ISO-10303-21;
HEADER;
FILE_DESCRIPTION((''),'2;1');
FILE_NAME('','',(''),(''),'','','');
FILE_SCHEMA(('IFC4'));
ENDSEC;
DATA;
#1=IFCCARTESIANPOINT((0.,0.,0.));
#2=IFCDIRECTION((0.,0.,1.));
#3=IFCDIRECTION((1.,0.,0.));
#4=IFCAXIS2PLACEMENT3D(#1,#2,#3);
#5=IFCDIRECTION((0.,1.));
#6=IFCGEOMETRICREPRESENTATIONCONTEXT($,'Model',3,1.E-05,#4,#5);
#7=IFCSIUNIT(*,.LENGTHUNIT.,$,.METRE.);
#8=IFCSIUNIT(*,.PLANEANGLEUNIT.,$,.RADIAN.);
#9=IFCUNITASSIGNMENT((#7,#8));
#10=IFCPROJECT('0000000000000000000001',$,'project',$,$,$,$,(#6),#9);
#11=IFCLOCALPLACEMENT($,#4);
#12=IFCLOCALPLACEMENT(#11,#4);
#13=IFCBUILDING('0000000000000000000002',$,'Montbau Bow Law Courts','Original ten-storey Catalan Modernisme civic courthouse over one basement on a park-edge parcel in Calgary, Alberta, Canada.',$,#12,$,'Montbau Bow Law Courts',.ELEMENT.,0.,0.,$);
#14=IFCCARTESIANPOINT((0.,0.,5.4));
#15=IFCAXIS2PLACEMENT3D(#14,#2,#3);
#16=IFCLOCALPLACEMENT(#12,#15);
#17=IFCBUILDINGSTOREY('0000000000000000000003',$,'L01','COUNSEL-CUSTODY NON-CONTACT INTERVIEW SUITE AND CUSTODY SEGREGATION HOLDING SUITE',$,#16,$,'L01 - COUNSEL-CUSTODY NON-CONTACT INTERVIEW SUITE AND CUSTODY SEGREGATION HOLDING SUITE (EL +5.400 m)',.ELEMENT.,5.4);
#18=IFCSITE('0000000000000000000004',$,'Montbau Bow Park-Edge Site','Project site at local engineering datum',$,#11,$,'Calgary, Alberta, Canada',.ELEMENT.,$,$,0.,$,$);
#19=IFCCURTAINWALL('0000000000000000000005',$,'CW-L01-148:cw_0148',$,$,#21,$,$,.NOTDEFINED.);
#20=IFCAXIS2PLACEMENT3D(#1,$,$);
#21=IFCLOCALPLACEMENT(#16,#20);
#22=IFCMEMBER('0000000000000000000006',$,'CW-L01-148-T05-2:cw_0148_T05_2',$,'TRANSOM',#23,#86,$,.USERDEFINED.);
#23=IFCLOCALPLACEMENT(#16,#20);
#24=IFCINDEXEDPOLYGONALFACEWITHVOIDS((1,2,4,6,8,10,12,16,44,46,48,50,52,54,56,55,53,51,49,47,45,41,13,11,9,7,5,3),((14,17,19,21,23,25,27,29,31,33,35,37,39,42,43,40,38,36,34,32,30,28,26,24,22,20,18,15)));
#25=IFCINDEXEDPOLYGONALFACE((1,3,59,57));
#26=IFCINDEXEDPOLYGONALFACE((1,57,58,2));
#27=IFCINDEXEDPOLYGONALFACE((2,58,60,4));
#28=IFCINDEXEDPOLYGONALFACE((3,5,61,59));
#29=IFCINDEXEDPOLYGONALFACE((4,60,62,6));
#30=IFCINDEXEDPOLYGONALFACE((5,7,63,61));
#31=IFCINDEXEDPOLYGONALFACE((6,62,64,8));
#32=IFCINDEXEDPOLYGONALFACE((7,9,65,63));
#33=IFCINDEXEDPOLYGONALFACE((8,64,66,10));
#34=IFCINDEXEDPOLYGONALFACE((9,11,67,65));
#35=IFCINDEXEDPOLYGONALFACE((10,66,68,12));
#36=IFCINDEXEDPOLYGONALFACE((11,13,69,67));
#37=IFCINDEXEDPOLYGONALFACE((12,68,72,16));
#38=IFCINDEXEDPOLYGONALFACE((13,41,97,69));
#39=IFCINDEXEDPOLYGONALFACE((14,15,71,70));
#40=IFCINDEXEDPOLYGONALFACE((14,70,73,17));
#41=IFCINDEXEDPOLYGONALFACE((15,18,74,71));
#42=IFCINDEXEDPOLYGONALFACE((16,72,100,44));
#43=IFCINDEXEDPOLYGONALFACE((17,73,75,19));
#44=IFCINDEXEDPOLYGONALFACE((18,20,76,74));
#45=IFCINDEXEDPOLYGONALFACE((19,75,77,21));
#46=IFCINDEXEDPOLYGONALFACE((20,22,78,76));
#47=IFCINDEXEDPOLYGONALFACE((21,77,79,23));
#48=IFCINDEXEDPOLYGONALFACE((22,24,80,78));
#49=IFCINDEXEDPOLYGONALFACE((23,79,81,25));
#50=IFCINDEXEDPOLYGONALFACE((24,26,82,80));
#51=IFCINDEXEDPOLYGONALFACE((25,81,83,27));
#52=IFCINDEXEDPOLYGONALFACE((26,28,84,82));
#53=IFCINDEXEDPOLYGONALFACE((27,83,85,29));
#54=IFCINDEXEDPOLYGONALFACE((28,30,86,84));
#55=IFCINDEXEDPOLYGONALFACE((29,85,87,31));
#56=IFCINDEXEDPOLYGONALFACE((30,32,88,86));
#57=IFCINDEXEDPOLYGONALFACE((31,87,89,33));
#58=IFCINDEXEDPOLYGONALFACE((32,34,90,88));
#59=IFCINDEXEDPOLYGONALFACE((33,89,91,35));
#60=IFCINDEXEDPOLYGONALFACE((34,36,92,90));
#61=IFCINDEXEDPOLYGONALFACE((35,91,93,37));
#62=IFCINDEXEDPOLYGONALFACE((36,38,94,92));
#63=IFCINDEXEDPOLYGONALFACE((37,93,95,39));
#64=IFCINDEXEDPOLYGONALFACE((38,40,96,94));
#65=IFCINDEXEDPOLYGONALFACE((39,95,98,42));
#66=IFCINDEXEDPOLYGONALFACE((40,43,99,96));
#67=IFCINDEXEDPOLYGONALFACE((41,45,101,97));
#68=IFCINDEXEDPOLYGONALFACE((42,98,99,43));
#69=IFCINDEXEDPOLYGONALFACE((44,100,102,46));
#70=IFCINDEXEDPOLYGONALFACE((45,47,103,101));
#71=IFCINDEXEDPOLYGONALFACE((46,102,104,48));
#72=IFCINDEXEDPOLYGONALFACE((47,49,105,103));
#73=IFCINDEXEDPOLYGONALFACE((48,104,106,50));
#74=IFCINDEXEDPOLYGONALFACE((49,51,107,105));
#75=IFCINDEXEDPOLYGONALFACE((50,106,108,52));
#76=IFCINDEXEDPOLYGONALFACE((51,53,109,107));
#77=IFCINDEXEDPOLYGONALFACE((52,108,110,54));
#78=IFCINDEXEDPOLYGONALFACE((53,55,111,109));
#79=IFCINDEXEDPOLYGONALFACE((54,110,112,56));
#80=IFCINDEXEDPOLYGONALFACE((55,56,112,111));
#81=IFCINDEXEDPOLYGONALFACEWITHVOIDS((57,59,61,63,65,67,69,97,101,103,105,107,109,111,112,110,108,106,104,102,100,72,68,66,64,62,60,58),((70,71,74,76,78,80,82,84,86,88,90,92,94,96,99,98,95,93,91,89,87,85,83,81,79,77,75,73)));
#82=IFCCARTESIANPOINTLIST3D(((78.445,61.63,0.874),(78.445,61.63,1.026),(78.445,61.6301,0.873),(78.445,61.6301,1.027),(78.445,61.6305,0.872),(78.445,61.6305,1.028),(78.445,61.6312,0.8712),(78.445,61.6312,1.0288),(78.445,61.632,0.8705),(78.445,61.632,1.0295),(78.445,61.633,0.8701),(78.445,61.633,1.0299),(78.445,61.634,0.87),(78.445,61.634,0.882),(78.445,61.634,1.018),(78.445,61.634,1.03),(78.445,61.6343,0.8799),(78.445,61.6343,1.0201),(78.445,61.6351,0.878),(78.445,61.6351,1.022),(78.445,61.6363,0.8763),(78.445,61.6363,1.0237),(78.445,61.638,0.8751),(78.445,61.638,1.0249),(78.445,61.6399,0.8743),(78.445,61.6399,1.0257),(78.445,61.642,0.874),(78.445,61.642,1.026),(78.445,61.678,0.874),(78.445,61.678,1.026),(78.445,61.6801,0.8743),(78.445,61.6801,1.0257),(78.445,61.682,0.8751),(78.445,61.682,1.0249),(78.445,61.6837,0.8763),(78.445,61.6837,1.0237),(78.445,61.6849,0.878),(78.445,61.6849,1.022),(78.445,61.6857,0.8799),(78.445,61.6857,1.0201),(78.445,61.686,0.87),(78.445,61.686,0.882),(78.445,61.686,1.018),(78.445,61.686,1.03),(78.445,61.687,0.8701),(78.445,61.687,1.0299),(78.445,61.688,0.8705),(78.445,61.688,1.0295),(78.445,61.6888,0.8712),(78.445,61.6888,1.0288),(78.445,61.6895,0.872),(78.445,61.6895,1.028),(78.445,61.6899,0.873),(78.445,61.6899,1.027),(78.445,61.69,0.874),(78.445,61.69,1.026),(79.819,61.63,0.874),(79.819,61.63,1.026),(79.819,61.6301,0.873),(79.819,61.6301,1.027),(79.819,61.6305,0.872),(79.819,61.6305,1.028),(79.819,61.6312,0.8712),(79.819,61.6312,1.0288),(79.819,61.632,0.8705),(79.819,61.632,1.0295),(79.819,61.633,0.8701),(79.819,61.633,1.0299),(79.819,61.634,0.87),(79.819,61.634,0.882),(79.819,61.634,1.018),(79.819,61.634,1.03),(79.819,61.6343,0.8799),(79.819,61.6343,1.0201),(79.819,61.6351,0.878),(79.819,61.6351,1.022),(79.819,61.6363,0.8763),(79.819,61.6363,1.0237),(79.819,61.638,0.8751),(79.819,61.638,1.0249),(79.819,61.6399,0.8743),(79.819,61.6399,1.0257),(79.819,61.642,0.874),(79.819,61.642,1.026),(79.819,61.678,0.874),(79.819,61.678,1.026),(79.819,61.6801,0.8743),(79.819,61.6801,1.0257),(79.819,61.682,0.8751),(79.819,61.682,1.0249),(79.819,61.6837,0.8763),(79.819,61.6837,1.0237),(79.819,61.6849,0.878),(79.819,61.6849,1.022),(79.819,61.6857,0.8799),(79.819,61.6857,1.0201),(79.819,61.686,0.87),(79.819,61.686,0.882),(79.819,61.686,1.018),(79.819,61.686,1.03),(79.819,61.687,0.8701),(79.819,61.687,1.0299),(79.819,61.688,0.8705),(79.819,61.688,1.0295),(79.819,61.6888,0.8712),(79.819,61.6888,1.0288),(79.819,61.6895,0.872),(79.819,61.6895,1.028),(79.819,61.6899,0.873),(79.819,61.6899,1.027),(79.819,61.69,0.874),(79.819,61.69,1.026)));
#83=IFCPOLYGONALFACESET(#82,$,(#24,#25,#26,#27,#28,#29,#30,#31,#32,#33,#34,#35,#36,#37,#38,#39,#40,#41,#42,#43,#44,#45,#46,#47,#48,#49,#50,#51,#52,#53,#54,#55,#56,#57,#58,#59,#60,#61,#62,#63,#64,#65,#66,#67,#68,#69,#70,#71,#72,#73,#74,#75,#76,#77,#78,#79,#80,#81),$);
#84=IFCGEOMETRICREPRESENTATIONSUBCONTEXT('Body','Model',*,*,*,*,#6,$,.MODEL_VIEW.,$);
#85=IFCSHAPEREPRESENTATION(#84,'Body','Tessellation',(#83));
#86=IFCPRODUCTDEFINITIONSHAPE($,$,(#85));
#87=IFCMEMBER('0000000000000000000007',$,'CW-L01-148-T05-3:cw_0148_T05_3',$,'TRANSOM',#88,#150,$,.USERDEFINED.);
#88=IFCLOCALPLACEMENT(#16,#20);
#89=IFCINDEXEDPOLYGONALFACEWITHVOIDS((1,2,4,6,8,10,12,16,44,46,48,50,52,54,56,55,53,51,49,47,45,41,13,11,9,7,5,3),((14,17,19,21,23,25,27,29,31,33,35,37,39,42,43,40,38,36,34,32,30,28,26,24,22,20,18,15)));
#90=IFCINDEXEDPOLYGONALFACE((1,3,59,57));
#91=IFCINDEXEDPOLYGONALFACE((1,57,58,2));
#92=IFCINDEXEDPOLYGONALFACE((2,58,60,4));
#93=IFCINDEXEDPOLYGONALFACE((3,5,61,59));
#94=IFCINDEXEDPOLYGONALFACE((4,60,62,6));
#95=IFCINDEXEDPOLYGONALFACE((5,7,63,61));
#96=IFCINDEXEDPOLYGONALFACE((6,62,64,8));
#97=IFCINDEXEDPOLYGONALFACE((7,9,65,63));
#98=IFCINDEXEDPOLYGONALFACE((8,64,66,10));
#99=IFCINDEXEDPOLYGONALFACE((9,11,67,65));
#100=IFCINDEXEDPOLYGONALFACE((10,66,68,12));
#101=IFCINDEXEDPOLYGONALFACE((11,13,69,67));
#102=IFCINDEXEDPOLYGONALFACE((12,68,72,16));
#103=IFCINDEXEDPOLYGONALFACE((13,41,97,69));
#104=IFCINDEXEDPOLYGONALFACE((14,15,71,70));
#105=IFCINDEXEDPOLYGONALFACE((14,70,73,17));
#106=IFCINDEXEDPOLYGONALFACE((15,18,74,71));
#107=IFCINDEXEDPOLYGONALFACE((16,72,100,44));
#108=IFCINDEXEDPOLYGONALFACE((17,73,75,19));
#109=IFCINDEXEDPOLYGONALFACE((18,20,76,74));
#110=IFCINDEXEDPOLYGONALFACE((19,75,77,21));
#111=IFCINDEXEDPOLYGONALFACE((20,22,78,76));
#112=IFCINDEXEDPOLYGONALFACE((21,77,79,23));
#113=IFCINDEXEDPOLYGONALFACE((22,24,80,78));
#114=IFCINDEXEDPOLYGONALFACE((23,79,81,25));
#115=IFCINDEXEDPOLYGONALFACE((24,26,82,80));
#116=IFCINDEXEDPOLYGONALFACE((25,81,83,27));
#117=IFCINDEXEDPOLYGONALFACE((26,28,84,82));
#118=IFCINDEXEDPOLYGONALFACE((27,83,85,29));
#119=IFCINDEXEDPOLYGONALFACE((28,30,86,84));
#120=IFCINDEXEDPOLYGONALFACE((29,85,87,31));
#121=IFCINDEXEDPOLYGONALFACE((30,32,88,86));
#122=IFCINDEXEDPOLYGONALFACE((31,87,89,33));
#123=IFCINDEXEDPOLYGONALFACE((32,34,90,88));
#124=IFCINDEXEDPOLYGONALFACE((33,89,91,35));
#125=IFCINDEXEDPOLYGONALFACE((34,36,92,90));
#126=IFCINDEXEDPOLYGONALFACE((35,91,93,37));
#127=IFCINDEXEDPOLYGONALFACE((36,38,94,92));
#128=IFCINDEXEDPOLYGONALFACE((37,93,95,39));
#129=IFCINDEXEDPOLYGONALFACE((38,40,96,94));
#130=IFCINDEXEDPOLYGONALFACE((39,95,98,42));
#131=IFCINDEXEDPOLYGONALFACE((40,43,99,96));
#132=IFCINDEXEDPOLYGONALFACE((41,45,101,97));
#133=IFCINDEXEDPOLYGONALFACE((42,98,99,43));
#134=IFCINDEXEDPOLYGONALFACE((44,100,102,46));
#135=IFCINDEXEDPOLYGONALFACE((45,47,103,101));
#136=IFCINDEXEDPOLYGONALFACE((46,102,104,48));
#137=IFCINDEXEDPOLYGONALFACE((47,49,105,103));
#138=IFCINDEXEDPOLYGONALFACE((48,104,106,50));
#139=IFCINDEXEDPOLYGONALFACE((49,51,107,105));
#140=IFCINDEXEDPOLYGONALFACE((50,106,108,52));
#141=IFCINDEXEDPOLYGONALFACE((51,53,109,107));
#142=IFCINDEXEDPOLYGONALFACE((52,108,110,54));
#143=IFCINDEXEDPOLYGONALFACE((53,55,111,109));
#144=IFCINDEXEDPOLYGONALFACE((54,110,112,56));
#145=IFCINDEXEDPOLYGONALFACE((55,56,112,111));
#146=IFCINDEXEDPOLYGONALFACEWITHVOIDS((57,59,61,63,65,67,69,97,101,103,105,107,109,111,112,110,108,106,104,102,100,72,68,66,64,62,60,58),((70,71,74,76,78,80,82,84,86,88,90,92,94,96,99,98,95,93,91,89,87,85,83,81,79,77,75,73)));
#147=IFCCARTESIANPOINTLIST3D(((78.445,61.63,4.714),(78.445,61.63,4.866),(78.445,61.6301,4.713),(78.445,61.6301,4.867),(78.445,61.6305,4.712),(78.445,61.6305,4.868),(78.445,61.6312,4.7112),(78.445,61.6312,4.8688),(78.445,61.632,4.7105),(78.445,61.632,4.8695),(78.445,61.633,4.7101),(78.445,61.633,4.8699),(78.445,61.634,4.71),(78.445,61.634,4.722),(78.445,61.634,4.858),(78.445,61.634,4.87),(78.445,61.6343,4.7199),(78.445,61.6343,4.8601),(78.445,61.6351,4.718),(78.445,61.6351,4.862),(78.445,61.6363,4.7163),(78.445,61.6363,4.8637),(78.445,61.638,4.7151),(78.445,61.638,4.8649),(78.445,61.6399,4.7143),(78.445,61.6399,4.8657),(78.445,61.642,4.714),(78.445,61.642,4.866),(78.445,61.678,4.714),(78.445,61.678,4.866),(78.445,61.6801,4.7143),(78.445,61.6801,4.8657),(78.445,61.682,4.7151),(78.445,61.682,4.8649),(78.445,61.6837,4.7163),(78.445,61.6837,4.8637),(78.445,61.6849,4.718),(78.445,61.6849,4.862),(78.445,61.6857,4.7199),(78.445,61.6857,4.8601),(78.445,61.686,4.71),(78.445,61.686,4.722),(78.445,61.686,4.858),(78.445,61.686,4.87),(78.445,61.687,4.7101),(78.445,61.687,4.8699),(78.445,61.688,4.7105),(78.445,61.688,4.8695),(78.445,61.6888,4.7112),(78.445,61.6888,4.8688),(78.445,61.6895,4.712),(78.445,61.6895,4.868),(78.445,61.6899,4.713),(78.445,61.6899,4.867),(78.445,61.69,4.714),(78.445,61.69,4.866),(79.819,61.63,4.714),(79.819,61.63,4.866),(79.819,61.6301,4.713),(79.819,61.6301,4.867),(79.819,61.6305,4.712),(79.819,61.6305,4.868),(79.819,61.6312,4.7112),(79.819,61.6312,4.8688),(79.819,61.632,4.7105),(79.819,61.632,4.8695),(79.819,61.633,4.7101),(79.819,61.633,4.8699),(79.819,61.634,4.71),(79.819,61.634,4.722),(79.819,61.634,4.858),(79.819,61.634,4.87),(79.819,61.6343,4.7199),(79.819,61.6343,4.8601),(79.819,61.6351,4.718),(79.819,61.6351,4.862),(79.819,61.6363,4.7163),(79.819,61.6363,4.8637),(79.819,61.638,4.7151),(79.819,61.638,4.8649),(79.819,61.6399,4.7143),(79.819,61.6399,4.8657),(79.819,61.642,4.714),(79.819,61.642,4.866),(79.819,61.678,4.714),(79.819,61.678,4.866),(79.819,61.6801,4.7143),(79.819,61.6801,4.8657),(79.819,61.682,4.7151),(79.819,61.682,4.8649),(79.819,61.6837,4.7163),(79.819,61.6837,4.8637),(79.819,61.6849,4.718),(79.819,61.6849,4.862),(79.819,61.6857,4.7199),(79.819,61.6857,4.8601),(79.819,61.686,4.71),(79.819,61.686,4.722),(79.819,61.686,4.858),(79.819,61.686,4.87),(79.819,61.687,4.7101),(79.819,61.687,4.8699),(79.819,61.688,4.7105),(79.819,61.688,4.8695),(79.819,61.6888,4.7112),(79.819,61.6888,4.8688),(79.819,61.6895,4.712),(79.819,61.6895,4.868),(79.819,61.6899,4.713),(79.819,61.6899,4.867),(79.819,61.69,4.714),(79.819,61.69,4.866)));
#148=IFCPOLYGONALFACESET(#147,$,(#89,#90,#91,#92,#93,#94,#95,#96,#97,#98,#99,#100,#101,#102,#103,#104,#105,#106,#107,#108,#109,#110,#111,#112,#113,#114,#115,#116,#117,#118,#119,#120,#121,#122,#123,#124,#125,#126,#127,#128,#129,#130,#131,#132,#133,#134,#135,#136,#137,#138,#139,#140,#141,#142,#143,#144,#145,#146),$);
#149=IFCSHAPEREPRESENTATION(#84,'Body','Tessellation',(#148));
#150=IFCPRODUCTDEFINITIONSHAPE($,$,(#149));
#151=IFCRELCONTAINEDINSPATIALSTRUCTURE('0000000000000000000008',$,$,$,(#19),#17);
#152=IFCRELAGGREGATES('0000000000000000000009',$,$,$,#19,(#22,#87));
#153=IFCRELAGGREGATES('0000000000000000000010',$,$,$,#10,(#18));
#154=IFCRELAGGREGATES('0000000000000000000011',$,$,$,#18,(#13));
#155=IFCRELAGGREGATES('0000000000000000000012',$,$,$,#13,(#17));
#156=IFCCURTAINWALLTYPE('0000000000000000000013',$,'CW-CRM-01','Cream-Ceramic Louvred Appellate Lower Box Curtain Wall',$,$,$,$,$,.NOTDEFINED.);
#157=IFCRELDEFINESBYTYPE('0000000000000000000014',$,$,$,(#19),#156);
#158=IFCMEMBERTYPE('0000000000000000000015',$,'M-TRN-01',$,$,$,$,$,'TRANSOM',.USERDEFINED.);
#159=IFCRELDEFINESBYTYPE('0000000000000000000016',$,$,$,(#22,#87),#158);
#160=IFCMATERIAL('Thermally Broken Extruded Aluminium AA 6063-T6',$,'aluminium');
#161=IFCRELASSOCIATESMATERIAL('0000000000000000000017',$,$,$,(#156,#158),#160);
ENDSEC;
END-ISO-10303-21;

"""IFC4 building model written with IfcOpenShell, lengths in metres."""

from ifc_helpers import new_model, si_unit, direction, frame, origin_with_axes, origin_2d_with_axis, place, context, subcontext, project, spatial, hollow_rectangle, extrude, material, material_profile, profile_set, type_object, element, aggregate, save


model = new_model("IFC4")

# Units and contexts
model_context = context("Model", 3, precision=1e-05, world=origin_with_axes(), true_north=direction((0.0, 1.0)))
body_context = subcontext(model_context, "Body", "Model", "MODEL_VIEW")
ifc_project = project(units=[si_unit("LENGTHUNIT", "METRE"), si_unit("PLANEANGLEUNIT", "RADIAN")], contexts=[model_context])

# Site, building, storey
site_placement = place(None, origin_with_axes())
site = spatial("IfcSite", under=ifc_project, at=site_placement, Name="Montbau Bow Park-Edge Site", Description="Project site at local engineering datum", LongName="Calgary, Alberta, Canada", CompositionType="ELEMENT", RefElevation=0.0)
building_placement = place(site_placement, origin_with_axes())
building = spatial("IfcBuilding", under=site, at=building_placement, Name="Montbau Bow Law Courts", Description="Original ten-storey Catalan Modernisme civic courthouse over one basement on a park-edge parcel in Calgary, Alberta, Canada.", LongName="Montbau Bow Law Courts", CompositionType="ELEMENT", ElevationOfRefHeight=0.0, ElevationOfTerrain=0.0)
storey_placement = place(building_placement, frame((0.0, 0.0, 5.4), z_axis=(0.0, 0.0, 1.0), x_axis=(1.0, 0.0, 0.0)))
storey = spatial("IfcBuildingStorey", under=building, at=storey_placement, Name="L01", Description="COUNSEL-CUSTODY NON-CONTACT INTERVIEW SUITE AND CUSTODY SEGREGATION HOLDING SUITE", LongName="L01 - COUNSEL-CUSTODY NON-CONTACT INTERVIEW SUITE AND CUSTODY SEGREGATION HOLDING SUITE (EL +5.400 m)", CompositionType="ELEMENT", Elevation=5.4)

# Curtain wall
ifc_material_1 = material(Name="Thermally Broken Extruded Aluminium AA 6063-T6", Category="aluminium")
curtain_wall_type = type_object("IfcCurtainWallType", Name="CW-CRM-01", Description="Cream-Ceramic Louvred Appellate Lower Box Curtain Wall", PredefinedType="NOTDEFINED", material=ifc_material_1)
curtain_wall_1_placement = place(None, frame((72.515, 61.66, 5.4), z_axis=(0.0, 0.0, 1.0), x_axis=(1.0, 0.0, 0.0)))
curtain_wall_1 = element("IfcCurtainWall", 1, at=curtain_wall_1_placement, inside=storey, type_object=curtain_wall_type, Name="CW-L01-148:cw_0148", PredefinedType="NOTDEFINED")

# Members
ifc_material_profile_1 = material_profile(ifc_material_1, hollow_rectangle(XDim=0.06, YDim=0.16, WallThickness=0.004, InnerFilletRadius=0.008, OuterFilletRadius=0.004, at=origin_2d_with_axis()), Name="CWT-160X60", Category="Main", Priority=0)
ifc_profile_set_1 = profile_set([ifc_material_profile_1], Name="Thermally Broken Extruded Aluminium AA 6063-T6")
member_type_1 = type_object("IfcMemberType", Name="M-TRN-01", ElementType="TRANSOM", PredefinedType="USERDEFINED", material=ifc_profile_set_1)
member_1_placement = place(None, frame((78.445, 61.66, 6.35), z_axis=(1.0, 0.0, 0.0), x_axis=(0.0, 1.0, 0.0)))
member_1 = element("IfcMember", 2, at=member_1_placement, type_object=member_type_1, Name="CW-L01-148-T05-2:cw_0148_T05_2", ObjectType="TRANSOM", PredefinedType="USERDEFINED", context=body_context, shape_type="SweptSolid", body=[
    extrude(hollow_rectangle(XDim=0.06, YDim=0.16, WallThickness=0.004, InnerFilletRadius=0.008, OuterFilletRadius=0.004, at=origin_2d_with_axis()), origin_with_axes(), (0.0, 0.0, 1.0), 1.374),
])
member_2_placement = place(None, frame((78.445, 61.66, 10.19), z_axis=(1.0, 0.0, 0.0), x_axis=(0.0, 1.0, 0.0)))
member_2 = element("IfcMember", 3, at=member_2_placement, type_object=member_type_1, Name="CW-L01-148-T05-3:cw_0148_T05_3", ObjectType="TRANSOM", PredefinedType="USERDEFINED", context=body_context, shape_type="SweptSolid", body=[
    extrude(hollow_rectangle(XDim=0.06, YDim=0.16, WallThickness=0.004, InnerFilletRadius=0.008, OuterFilletRadius=0.004, at=origin_2d_with_axis()), origin_with_axes(), (0.0, 0.0, 1.0), 1.374),
])

aggregate(curtain_wall_1, [member_1, member_2])

save(model, "model.ifc")
